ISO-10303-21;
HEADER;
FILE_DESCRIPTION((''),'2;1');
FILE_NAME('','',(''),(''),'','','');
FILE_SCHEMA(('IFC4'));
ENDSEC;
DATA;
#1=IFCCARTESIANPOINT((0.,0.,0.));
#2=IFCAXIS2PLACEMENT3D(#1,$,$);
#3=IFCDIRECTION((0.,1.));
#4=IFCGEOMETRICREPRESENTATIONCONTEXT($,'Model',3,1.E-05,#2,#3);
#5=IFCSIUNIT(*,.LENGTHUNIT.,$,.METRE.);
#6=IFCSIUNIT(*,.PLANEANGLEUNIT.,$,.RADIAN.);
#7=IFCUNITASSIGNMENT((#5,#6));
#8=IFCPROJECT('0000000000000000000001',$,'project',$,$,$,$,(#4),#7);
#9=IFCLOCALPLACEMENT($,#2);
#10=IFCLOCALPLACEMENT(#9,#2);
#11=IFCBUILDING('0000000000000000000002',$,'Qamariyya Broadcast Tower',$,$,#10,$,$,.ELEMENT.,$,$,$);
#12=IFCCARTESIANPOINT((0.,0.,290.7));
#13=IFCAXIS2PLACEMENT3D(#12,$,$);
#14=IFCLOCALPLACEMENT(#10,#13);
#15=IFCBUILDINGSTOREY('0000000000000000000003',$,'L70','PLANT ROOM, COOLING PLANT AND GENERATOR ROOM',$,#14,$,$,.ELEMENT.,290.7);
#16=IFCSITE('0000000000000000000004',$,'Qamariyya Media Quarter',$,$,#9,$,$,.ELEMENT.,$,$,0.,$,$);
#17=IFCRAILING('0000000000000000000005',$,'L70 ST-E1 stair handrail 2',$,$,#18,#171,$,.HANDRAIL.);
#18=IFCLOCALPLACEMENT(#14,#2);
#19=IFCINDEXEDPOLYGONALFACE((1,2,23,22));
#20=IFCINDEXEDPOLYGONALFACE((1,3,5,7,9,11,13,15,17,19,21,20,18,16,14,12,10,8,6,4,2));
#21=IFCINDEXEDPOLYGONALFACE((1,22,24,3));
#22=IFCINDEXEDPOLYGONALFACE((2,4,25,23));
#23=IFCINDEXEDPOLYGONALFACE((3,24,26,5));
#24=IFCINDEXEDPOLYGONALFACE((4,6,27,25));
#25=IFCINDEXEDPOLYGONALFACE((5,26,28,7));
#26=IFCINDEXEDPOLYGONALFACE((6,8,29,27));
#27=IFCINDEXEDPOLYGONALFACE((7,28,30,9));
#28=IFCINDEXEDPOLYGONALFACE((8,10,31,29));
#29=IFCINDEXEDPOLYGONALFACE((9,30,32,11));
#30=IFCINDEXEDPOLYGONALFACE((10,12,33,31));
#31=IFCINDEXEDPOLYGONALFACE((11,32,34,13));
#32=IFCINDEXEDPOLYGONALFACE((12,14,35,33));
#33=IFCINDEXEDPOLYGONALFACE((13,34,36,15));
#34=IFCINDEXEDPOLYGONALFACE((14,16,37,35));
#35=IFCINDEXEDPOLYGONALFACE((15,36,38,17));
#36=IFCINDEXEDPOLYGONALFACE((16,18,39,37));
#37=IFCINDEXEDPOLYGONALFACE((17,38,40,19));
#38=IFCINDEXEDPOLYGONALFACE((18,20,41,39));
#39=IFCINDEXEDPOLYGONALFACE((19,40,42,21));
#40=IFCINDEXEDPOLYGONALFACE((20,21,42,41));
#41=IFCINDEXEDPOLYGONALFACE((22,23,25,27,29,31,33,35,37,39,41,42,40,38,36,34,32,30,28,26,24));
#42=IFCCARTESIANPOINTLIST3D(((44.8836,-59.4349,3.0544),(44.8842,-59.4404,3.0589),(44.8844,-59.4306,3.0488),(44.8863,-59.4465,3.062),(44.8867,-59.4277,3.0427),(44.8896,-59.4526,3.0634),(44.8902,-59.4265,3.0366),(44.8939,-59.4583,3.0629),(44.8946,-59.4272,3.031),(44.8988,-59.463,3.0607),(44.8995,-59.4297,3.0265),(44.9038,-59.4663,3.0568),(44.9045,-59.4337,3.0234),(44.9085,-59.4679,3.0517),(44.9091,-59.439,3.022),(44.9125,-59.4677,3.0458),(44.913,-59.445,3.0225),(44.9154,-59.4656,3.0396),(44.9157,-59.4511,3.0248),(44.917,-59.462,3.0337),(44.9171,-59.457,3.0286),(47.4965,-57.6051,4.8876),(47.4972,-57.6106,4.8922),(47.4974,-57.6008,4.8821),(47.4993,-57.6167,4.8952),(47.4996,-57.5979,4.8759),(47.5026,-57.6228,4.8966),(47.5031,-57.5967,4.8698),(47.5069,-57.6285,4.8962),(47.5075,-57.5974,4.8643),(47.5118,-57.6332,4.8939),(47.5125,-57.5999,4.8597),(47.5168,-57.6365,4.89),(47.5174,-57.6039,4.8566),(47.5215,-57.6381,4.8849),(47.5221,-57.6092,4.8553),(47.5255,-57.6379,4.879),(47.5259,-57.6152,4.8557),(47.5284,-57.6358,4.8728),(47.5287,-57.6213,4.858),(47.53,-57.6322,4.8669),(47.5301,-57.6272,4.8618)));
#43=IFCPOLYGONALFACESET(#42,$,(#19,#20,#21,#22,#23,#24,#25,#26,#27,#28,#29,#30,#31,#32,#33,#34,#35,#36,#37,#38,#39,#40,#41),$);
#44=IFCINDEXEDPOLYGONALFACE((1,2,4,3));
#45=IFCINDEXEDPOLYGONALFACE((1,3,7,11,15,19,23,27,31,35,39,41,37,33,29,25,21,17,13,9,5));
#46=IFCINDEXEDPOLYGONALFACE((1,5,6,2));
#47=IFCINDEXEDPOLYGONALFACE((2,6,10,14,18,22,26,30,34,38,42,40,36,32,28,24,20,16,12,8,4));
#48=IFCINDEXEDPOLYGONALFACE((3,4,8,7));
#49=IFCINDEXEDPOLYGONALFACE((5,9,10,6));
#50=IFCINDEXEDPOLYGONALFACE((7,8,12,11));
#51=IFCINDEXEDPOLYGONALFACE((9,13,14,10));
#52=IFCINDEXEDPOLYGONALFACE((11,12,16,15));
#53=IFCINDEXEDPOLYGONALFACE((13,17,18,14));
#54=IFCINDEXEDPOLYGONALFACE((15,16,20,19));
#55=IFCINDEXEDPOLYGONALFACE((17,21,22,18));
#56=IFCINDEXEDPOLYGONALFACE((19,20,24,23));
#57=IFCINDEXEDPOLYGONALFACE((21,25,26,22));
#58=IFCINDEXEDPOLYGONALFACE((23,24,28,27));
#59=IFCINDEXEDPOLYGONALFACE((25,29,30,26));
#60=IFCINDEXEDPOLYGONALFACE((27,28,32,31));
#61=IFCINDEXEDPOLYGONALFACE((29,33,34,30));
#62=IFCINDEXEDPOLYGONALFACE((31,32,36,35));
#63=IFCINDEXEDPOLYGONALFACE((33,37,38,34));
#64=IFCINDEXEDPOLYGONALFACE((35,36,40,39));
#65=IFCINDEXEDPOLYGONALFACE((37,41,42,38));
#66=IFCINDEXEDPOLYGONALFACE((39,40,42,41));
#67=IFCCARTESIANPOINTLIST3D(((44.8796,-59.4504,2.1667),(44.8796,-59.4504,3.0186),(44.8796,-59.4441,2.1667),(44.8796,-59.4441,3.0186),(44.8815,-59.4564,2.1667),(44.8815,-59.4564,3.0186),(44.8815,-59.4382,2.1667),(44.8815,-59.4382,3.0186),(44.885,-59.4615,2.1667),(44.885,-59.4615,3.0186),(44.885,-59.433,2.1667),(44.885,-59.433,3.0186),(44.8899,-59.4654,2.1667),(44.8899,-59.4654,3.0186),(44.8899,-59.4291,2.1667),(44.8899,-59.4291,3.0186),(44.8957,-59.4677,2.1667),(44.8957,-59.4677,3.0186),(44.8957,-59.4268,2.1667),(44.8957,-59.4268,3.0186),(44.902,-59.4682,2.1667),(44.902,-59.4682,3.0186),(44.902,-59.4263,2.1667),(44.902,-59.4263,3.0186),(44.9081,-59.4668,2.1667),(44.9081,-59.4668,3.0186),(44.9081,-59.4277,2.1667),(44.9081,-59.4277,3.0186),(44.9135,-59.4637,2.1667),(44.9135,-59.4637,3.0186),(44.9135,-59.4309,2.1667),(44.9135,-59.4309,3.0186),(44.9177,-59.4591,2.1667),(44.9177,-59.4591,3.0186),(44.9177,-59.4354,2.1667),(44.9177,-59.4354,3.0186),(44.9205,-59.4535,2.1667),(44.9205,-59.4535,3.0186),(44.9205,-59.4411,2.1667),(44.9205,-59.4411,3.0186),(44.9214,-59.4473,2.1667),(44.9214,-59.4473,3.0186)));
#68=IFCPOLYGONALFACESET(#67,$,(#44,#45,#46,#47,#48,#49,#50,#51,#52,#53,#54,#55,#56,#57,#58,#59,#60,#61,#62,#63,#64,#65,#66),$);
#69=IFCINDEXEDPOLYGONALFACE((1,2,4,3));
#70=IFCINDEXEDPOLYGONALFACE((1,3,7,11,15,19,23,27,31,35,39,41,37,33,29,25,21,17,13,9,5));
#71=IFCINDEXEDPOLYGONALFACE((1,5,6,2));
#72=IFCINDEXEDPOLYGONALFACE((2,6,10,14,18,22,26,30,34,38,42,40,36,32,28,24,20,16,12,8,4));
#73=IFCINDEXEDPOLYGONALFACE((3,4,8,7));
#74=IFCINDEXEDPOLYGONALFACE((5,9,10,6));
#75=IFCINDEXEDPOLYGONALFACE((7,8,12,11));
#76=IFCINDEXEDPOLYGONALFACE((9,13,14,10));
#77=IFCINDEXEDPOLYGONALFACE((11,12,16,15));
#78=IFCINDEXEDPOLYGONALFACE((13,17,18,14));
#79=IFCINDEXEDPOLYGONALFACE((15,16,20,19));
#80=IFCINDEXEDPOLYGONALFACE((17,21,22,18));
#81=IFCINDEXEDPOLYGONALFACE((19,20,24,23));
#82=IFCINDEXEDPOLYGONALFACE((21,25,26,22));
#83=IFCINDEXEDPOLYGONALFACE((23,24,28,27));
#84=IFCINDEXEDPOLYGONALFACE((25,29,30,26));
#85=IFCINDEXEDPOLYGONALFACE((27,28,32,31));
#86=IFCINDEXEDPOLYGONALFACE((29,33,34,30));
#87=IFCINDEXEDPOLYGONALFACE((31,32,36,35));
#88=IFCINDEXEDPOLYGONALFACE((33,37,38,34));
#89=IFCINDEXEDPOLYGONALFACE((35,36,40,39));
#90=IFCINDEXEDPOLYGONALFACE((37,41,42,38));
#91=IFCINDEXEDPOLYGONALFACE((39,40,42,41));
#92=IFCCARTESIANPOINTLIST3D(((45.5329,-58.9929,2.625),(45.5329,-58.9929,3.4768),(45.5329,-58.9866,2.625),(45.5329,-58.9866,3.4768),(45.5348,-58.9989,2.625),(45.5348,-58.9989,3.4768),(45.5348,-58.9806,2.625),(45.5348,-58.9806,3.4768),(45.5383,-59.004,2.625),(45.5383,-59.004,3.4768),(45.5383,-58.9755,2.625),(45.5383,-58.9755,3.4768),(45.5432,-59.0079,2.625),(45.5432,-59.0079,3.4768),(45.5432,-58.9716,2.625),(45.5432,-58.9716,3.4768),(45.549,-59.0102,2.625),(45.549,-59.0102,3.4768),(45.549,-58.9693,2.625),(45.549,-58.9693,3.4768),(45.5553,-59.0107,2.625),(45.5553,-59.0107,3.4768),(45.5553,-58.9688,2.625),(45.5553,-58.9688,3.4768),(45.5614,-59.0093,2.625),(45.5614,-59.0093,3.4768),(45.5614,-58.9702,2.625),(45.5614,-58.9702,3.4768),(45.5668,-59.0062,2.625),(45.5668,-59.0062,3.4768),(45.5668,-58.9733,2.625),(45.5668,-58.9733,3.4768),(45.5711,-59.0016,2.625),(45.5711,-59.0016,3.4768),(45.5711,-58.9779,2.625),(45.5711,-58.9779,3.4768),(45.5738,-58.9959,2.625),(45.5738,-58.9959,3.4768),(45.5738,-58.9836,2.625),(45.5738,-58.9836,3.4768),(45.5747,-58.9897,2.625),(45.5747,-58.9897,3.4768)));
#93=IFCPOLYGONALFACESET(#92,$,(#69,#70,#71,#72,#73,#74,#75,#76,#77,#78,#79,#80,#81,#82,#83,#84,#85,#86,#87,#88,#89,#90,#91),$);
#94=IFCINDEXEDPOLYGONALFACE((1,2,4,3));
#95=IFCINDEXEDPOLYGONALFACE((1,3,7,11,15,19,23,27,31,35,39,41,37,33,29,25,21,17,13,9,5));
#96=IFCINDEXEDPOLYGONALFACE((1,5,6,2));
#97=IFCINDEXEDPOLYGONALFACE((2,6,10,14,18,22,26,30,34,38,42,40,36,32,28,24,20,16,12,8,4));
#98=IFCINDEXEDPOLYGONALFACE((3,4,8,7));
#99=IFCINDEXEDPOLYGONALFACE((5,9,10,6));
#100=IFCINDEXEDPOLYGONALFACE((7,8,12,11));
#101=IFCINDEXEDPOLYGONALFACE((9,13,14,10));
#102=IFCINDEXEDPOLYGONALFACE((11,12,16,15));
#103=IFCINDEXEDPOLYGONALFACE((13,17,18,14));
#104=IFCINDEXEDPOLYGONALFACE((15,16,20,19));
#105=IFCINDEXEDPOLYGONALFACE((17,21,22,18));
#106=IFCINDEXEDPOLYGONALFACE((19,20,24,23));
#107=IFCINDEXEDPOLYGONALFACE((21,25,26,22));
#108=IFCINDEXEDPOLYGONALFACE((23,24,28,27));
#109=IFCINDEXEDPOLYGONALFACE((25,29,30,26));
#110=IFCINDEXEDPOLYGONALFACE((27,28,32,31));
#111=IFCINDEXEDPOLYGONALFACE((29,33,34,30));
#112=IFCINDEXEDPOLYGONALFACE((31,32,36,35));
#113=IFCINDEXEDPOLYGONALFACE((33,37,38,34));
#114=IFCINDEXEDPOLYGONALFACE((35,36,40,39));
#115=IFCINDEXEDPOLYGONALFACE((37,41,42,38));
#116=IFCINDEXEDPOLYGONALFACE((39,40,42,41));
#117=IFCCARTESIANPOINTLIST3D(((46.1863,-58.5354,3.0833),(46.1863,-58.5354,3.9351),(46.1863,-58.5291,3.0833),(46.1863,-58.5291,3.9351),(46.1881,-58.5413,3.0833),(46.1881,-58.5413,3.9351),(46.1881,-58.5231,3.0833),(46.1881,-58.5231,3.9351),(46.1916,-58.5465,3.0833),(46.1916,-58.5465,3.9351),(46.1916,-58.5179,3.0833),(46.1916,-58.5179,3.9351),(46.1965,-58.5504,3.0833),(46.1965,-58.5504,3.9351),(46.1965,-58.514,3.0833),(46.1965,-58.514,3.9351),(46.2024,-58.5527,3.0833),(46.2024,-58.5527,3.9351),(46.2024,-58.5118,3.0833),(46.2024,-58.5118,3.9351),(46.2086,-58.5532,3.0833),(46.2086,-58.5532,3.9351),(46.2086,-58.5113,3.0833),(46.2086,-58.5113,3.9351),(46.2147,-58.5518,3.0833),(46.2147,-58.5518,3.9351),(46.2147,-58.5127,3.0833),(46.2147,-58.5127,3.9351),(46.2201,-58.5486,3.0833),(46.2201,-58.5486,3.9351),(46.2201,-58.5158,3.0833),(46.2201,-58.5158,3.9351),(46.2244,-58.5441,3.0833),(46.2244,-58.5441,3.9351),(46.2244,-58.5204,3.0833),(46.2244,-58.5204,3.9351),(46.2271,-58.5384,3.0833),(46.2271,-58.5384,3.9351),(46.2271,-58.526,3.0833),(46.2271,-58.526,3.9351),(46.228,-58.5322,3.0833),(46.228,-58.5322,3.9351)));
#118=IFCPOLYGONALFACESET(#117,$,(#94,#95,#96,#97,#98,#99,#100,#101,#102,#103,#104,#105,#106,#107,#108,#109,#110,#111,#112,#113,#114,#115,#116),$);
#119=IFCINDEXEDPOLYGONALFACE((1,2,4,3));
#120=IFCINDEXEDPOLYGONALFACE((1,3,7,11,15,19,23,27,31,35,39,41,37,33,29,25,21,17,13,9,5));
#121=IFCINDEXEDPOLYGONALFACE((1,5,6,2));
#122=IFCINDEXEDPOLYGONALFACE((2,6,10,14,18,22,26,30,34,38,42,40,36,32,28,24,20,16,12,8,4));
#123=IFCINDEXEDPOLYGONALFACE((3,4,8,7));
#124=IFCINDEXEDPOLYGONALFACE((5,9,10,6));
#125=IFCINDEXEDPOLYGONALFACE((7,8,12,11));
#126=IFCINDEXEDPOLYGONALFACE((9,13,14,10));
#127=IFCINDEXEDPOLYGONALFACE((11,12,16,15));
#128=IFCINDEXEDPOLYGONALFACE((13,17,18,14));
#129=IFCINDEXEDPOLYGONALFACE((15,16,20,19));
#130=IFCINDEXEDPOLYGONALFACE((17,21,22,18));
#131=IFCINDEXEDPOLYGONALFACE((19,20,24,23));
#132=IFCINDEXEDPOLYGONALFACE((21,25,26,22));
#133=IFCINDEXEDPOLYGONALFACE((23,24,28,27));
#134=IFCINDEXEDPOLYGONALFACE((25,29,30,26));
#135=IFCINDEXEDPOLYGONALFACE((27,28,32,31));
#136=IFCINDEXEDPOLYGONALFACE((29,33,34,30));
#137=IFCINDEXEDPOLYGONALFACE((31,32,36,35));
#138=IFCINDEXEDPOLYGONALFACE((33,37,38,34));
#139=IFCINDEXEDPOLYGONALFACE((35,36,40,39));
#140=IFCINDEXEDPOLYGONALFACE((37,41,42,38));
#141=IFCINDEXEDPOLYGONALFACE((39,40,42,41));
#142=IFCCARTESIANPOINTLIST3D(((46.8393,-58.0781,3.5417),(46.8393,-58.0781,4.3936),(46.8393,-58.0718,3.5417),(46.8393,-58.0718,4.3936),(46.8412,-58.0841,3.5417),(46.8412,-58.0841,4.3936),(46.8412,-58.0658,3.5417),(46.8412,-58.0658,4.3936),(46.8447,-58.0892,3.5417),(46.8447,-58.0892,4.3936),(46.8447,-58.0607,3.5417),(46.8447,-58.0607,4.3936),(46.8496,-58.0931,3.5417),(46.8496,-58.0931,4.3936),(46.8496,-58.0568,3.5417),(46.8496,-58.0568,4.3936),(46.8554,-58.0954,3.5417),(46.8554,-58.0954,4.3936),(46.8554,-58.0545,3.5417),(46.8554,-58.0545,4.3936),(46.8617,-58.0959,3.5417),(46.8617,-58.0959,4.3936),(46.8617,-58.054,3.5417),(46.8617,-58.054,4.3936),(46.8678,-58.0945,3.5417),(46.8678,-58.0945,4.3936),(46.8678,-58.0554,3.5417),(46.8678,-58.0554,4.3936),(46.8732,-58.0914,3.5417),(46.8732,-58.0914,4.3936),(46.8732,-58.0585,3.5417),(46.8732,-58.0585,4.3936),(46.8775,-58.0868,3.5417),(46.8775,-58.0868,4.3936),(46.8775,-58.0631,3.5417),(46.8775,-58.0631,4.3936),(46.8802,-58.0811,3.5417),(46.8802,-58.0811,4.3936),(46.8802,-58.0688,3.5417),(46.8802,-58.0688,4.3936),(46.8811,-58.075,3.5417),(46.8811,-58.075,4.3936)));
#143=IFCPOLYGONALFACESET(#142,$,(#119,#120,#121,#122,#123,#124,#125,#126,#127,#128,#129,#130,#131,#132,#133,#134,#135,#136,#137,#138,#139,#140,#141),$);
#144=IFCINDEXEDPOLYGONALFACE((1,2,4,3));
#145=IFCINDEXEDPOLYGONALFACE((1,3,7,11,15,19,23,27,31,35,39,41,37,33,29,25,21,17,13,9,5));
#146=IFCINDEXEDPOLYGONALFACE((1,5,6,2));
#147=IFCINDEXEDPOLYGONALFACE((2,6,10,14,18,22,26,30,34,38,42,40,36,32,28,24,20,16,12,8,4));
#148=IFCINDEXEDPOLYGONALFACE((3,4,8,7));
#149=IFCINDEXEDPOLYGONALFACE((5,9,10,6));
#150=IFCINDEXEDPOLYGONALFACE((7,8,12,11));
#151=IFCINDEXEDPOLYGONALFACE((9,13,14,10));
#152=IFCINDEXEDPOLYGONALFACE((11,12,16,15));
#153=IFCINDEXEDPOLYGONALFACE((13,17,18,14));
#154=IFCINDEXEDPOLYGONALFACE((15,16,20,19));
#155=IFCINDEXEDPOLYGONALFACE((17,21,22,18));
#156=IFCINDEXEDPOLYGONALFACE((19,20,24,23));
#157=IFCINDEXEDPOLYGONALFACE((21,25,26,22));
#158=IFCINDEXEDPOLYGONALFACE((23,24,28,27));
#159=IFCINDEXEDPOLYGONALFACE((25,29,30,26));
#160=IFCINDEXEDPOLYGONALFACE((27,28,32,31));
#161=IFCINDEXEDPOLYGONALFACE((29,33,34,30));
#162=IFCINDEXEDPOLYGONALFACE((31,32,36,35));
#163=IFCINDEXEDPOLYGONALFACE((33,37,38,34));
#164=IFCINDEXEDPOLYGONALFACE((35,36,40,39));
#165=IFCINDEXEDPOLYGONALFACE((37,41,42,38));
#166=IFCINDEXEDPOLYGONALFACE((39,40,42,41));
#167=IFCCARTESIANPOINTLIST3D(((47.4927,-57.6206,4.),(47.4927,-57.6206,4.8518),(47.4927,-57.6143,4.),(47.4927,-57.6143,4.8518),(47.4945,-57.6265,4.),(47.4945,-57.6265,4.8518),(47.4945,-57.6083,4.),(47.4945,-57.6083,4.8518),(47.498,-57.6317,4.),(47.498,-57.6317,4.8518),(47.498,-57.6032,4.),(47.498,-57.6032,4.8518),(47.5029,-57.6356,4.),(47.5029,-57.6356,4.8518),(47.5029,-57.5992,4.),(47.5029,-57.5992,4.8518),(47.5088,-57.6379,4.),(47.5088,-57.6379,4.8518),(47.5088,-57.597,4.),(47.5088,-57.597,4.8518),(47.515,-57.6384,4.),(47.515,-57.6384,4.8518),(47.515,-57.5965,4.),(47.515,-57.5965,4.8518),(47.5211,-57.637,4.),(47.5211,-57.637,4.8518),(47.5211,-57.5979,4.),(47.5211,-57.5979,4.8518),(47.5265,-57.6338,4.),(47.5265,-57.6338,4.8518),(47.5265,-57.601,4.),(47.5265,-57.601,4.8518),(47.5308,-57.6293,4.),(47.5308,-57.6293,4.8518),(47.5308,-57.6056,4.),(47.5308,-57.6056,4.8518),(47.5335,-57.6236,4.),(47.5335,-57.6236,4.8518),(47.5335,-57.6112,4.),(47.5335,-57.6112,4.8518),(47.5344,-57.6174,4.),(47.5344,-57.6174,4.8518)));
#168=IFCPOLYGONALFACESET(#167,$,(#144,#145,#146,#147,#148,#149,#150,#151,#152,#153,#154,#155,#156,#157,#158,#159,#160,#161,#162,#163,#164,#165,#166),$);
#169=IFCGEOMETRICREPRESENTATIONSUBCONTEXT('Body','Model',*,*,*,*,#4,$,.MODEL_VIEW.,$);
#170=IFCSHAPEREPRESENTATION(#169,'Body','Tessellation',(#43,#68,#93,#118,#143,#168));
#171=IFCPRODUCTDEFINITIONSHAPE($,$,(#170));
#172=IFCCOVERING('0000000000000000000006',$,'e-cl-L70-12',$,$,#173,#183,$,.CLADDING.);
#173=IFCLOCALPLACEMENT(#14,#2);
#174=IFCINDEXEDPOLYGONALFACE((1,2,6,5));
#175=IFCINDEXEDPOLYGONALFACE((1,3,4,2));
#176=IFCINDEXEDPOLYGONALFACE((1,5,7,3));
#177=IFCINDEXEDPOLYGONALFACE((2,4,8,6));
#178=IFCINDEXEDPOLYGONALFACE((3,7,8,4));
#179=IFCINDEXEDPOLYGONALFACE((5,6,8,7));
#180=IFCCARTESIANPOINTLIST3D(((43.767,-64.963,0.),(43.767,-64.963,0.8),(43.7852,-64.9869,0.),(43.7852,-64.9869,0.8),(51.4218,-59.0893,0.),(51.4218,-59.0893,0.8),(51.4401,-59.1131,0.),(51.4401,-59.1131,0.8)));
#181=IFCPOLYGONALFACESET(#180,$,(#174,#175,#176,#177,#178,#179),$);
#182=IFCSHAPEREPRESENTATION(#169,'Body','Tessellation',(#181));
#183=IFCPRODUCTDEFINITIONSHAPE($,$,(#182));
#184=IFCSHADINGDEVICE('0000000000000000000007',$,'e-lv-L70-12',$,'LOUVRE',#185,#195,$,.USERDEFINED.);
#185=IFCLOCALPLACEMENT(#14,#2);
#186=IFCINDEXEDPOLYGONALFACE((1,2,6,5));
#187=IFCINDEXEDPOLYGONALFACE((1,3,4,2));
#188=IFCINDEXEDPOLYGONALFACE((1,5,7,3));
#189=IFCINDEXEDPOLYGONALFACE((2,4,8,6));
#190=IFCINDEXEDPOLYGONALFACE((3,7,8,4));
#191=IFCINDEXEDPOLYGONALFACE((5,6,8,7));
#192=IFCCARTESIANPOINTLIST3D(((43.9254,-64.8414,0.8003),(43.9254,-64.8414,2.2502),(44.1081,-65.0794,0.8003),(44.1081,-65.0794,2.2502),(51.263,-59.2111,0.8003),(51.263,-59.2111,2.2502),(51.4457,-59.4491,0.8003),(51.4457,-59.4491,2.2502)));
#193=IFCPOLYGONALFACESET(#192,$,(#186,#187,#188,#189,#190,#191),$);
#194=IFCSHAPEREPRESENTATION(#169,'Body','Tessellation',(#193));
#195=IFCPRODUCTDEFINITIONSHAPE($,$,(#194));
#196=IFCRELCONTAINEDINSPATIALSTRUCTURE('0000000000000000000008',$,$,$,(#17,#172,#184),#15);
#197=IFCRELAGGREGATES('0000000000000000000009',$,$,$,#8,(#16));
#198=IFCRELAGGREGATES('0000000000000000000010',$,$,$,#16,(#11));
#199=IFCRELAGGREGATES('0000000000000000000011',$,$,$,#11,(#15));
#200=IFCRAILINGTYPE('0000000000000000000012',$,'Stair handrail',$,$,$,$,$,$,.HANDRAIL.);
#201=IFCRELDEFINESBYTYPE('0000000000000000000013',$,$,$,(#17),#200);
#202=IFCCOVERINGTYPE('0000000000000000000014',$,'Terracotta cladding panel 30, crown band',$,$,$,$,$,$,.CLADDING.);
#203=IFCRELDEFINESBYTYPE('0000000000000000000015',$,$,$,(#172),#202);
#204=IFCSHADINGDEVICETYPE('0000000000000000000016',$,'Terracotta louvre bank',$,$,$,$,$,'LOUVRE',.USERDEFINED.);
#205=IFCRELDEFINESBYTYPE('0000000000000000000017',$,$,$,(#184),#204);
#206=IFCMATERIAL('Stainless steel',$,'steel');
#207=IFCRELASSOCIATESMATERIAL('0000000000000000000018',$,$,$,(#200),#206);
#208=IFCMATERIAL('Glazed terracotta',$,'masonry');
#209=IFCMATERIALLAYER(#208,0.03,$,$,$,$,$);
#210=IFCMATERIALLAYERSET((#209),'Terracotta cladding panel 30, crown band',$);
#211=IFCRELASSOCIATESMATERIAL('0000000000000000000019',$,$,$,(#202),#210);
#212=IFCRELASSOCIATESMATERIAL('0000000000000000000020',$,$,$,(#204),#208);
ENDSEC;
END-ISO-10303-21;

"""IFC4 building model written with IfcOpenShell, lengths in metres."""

from ifc_helpers import new_model, si_unit, direction, frame, origin, origin_2d, place, context, subcontext, project, spatial, rectangle, circle, extrude, material, layer, layer_set, type_object, element, save


model = new_model("IFC4")

# Units and contexts
model_context = context("Model", 3, precision=1e-05, world=origin(), true_north=direction((0.0, 1.0)))
body_context = subcontext(model_context, "Body", "Model", "MODEL_VIEW")
ifc_project = project(units=[si_unit("LENGTHUNIT", "METRE"), si_unit("PLANEANGLEUNIT", "RADIAN")], contexts=[model_context])

# Site, building, storey
site_placement = place(None, origin())
site = spatial("IfcSite", under=ifc_project, at=site_placement, Name="Qamariyya Media Quarter", CompositionType="ELEMENT", RefElevation=0.0)
building_placement = place(site_placement, origin())
building = spatial("IfcBuilding", under=site, at=building_placement, Name="Qamariyya Broadcast Tower", CompositionType="ELEMENT")
storey_placement = place(building_placement, frame((0.0, 0.0, 290.7)))
storey = spatial("IfcBuildingStorey", under=building, at=storey_placement, Name="L70", Description="PLANT ROOM, COOLING PLANT AND GENERATOR ROOM", CompositionType="ELEMENT", Elevation=290.7)

# Railing
ifc_material_1 = material(Name="Stainless steel", Category="steel")
railing_type_1 = type_object("IfcRailingType", Name="Stair handrail", PredefinedType="HANDRAIL", material=ifc_material_1)
railing_1_placement = place(storey_placement, frame((44.9004, -59.4473, 2.1667)))
element("IfcRailing", 1, at=railing_1_placement, inside=storey, type_object=railing_type_1, Name="L70 ST-E1 stair handrail 2", PredefinedType="HANDRAIL", context=body_context, shape_type="SweptSolid", body=[
    extrude(circle(Radius=0.0239, at=origin_2d()), frame((0.0, 0.0, 0.876), z_axis=(0.710204, 0.497335, 0.498264), x_axis=(-0.573611, 0.819128, 0.0)), (0.0, 0.0, 1.0), 3.6792),
    extrude(circle(Radius=0.021, at=origin_2d()), origin(), (0.0, 0.0, 1.0), 0.8518),
    extrude(circle(Radius=0.021, at=origin_2d()), frame((0.6533, 0.4575, 0.4583)), (0.0, 0.0, 1.0), 0.8518),
    extrude(circle(Radius=0.021, at=origin_2d()), frame((1.3066, 0.915, 0.9165)), (0.0, 0.0, 1.0), 0.8518),
    extrude(circle(Radius=0.021, at=origin_2d()), frame((1.9597, 1.3723, 1.375)), (0.0, 0.0, 1.0), 0.8518),
    extrude(circle(Radius=0.021, at=origin_2d()), frame((2.613, 1.8298, 1.8333)), (0.0, 0.0, 1.0), 0.8518),
])

# Covering
ifc_material_2 = material(Name="Glazed terracotta", Category="masonry")
ifc_layer_1 = layer(ifc_material_2, 0.03)
ifc_layer_set_1 = layer_set([ifc_layer_1], Name="Terracotta cladding panel 30, crown band")
covering_type = type_object("IfcCoveringType", Name="Terracotta cladding panel 30, crown band", PredefinedType="CLADDING", material=ifc_layer_set_1)
covering_placement = place(storey_placement, frame((47.6035, -62.0381, 0.0), z_axis=(0.0, 0.0, 1.0), x_axis=(0.793353, 0.608761, 0.0)))
element("IfcCovering", 2, at=covering_placement, inside=storey, type_object=covering_type, Name="e-cl-L70-12", PredefinedType="CLADDING", context=body_context, shape_type="SweptSolid", body=[
    extrude(rectangle(XDim=9.6487, YDim=0.03, at=origin_2d()), origin(), (0.0, 0.0, 1.0), 0.8),
])

# Shading device
shading_device_type = type_object("IfcShadingDeviceType", Name="Terracotta louvre bank", ElementType="LOUVRE", PredefinedType="USERDEFINED", material=ifc_material_2)
shading_device_placement = place(storey_placement, frame((47.6855, -62.1453, 0.8003), z_axis=(0.0, 0.0, 1.0), x_axis=(0.793353, 0.608761, 0.0)))
element("IfcShadingDevice", 3, at=shading_device_placement, inside=storey, type_object=shading_device_type, Name="e-lv-L70-12", ObjectType="LOUVRE", PredefinedType="USERDEFINED", context=body_context, shape_type="SweptSolid", body=[
    extrude(rectangle(XDim=9.2488, YDim=0.3, at=origin_2d()), origin(), (0.0, 0.0, 1.0), 1.45),
])

save(model, "model.ifc")
